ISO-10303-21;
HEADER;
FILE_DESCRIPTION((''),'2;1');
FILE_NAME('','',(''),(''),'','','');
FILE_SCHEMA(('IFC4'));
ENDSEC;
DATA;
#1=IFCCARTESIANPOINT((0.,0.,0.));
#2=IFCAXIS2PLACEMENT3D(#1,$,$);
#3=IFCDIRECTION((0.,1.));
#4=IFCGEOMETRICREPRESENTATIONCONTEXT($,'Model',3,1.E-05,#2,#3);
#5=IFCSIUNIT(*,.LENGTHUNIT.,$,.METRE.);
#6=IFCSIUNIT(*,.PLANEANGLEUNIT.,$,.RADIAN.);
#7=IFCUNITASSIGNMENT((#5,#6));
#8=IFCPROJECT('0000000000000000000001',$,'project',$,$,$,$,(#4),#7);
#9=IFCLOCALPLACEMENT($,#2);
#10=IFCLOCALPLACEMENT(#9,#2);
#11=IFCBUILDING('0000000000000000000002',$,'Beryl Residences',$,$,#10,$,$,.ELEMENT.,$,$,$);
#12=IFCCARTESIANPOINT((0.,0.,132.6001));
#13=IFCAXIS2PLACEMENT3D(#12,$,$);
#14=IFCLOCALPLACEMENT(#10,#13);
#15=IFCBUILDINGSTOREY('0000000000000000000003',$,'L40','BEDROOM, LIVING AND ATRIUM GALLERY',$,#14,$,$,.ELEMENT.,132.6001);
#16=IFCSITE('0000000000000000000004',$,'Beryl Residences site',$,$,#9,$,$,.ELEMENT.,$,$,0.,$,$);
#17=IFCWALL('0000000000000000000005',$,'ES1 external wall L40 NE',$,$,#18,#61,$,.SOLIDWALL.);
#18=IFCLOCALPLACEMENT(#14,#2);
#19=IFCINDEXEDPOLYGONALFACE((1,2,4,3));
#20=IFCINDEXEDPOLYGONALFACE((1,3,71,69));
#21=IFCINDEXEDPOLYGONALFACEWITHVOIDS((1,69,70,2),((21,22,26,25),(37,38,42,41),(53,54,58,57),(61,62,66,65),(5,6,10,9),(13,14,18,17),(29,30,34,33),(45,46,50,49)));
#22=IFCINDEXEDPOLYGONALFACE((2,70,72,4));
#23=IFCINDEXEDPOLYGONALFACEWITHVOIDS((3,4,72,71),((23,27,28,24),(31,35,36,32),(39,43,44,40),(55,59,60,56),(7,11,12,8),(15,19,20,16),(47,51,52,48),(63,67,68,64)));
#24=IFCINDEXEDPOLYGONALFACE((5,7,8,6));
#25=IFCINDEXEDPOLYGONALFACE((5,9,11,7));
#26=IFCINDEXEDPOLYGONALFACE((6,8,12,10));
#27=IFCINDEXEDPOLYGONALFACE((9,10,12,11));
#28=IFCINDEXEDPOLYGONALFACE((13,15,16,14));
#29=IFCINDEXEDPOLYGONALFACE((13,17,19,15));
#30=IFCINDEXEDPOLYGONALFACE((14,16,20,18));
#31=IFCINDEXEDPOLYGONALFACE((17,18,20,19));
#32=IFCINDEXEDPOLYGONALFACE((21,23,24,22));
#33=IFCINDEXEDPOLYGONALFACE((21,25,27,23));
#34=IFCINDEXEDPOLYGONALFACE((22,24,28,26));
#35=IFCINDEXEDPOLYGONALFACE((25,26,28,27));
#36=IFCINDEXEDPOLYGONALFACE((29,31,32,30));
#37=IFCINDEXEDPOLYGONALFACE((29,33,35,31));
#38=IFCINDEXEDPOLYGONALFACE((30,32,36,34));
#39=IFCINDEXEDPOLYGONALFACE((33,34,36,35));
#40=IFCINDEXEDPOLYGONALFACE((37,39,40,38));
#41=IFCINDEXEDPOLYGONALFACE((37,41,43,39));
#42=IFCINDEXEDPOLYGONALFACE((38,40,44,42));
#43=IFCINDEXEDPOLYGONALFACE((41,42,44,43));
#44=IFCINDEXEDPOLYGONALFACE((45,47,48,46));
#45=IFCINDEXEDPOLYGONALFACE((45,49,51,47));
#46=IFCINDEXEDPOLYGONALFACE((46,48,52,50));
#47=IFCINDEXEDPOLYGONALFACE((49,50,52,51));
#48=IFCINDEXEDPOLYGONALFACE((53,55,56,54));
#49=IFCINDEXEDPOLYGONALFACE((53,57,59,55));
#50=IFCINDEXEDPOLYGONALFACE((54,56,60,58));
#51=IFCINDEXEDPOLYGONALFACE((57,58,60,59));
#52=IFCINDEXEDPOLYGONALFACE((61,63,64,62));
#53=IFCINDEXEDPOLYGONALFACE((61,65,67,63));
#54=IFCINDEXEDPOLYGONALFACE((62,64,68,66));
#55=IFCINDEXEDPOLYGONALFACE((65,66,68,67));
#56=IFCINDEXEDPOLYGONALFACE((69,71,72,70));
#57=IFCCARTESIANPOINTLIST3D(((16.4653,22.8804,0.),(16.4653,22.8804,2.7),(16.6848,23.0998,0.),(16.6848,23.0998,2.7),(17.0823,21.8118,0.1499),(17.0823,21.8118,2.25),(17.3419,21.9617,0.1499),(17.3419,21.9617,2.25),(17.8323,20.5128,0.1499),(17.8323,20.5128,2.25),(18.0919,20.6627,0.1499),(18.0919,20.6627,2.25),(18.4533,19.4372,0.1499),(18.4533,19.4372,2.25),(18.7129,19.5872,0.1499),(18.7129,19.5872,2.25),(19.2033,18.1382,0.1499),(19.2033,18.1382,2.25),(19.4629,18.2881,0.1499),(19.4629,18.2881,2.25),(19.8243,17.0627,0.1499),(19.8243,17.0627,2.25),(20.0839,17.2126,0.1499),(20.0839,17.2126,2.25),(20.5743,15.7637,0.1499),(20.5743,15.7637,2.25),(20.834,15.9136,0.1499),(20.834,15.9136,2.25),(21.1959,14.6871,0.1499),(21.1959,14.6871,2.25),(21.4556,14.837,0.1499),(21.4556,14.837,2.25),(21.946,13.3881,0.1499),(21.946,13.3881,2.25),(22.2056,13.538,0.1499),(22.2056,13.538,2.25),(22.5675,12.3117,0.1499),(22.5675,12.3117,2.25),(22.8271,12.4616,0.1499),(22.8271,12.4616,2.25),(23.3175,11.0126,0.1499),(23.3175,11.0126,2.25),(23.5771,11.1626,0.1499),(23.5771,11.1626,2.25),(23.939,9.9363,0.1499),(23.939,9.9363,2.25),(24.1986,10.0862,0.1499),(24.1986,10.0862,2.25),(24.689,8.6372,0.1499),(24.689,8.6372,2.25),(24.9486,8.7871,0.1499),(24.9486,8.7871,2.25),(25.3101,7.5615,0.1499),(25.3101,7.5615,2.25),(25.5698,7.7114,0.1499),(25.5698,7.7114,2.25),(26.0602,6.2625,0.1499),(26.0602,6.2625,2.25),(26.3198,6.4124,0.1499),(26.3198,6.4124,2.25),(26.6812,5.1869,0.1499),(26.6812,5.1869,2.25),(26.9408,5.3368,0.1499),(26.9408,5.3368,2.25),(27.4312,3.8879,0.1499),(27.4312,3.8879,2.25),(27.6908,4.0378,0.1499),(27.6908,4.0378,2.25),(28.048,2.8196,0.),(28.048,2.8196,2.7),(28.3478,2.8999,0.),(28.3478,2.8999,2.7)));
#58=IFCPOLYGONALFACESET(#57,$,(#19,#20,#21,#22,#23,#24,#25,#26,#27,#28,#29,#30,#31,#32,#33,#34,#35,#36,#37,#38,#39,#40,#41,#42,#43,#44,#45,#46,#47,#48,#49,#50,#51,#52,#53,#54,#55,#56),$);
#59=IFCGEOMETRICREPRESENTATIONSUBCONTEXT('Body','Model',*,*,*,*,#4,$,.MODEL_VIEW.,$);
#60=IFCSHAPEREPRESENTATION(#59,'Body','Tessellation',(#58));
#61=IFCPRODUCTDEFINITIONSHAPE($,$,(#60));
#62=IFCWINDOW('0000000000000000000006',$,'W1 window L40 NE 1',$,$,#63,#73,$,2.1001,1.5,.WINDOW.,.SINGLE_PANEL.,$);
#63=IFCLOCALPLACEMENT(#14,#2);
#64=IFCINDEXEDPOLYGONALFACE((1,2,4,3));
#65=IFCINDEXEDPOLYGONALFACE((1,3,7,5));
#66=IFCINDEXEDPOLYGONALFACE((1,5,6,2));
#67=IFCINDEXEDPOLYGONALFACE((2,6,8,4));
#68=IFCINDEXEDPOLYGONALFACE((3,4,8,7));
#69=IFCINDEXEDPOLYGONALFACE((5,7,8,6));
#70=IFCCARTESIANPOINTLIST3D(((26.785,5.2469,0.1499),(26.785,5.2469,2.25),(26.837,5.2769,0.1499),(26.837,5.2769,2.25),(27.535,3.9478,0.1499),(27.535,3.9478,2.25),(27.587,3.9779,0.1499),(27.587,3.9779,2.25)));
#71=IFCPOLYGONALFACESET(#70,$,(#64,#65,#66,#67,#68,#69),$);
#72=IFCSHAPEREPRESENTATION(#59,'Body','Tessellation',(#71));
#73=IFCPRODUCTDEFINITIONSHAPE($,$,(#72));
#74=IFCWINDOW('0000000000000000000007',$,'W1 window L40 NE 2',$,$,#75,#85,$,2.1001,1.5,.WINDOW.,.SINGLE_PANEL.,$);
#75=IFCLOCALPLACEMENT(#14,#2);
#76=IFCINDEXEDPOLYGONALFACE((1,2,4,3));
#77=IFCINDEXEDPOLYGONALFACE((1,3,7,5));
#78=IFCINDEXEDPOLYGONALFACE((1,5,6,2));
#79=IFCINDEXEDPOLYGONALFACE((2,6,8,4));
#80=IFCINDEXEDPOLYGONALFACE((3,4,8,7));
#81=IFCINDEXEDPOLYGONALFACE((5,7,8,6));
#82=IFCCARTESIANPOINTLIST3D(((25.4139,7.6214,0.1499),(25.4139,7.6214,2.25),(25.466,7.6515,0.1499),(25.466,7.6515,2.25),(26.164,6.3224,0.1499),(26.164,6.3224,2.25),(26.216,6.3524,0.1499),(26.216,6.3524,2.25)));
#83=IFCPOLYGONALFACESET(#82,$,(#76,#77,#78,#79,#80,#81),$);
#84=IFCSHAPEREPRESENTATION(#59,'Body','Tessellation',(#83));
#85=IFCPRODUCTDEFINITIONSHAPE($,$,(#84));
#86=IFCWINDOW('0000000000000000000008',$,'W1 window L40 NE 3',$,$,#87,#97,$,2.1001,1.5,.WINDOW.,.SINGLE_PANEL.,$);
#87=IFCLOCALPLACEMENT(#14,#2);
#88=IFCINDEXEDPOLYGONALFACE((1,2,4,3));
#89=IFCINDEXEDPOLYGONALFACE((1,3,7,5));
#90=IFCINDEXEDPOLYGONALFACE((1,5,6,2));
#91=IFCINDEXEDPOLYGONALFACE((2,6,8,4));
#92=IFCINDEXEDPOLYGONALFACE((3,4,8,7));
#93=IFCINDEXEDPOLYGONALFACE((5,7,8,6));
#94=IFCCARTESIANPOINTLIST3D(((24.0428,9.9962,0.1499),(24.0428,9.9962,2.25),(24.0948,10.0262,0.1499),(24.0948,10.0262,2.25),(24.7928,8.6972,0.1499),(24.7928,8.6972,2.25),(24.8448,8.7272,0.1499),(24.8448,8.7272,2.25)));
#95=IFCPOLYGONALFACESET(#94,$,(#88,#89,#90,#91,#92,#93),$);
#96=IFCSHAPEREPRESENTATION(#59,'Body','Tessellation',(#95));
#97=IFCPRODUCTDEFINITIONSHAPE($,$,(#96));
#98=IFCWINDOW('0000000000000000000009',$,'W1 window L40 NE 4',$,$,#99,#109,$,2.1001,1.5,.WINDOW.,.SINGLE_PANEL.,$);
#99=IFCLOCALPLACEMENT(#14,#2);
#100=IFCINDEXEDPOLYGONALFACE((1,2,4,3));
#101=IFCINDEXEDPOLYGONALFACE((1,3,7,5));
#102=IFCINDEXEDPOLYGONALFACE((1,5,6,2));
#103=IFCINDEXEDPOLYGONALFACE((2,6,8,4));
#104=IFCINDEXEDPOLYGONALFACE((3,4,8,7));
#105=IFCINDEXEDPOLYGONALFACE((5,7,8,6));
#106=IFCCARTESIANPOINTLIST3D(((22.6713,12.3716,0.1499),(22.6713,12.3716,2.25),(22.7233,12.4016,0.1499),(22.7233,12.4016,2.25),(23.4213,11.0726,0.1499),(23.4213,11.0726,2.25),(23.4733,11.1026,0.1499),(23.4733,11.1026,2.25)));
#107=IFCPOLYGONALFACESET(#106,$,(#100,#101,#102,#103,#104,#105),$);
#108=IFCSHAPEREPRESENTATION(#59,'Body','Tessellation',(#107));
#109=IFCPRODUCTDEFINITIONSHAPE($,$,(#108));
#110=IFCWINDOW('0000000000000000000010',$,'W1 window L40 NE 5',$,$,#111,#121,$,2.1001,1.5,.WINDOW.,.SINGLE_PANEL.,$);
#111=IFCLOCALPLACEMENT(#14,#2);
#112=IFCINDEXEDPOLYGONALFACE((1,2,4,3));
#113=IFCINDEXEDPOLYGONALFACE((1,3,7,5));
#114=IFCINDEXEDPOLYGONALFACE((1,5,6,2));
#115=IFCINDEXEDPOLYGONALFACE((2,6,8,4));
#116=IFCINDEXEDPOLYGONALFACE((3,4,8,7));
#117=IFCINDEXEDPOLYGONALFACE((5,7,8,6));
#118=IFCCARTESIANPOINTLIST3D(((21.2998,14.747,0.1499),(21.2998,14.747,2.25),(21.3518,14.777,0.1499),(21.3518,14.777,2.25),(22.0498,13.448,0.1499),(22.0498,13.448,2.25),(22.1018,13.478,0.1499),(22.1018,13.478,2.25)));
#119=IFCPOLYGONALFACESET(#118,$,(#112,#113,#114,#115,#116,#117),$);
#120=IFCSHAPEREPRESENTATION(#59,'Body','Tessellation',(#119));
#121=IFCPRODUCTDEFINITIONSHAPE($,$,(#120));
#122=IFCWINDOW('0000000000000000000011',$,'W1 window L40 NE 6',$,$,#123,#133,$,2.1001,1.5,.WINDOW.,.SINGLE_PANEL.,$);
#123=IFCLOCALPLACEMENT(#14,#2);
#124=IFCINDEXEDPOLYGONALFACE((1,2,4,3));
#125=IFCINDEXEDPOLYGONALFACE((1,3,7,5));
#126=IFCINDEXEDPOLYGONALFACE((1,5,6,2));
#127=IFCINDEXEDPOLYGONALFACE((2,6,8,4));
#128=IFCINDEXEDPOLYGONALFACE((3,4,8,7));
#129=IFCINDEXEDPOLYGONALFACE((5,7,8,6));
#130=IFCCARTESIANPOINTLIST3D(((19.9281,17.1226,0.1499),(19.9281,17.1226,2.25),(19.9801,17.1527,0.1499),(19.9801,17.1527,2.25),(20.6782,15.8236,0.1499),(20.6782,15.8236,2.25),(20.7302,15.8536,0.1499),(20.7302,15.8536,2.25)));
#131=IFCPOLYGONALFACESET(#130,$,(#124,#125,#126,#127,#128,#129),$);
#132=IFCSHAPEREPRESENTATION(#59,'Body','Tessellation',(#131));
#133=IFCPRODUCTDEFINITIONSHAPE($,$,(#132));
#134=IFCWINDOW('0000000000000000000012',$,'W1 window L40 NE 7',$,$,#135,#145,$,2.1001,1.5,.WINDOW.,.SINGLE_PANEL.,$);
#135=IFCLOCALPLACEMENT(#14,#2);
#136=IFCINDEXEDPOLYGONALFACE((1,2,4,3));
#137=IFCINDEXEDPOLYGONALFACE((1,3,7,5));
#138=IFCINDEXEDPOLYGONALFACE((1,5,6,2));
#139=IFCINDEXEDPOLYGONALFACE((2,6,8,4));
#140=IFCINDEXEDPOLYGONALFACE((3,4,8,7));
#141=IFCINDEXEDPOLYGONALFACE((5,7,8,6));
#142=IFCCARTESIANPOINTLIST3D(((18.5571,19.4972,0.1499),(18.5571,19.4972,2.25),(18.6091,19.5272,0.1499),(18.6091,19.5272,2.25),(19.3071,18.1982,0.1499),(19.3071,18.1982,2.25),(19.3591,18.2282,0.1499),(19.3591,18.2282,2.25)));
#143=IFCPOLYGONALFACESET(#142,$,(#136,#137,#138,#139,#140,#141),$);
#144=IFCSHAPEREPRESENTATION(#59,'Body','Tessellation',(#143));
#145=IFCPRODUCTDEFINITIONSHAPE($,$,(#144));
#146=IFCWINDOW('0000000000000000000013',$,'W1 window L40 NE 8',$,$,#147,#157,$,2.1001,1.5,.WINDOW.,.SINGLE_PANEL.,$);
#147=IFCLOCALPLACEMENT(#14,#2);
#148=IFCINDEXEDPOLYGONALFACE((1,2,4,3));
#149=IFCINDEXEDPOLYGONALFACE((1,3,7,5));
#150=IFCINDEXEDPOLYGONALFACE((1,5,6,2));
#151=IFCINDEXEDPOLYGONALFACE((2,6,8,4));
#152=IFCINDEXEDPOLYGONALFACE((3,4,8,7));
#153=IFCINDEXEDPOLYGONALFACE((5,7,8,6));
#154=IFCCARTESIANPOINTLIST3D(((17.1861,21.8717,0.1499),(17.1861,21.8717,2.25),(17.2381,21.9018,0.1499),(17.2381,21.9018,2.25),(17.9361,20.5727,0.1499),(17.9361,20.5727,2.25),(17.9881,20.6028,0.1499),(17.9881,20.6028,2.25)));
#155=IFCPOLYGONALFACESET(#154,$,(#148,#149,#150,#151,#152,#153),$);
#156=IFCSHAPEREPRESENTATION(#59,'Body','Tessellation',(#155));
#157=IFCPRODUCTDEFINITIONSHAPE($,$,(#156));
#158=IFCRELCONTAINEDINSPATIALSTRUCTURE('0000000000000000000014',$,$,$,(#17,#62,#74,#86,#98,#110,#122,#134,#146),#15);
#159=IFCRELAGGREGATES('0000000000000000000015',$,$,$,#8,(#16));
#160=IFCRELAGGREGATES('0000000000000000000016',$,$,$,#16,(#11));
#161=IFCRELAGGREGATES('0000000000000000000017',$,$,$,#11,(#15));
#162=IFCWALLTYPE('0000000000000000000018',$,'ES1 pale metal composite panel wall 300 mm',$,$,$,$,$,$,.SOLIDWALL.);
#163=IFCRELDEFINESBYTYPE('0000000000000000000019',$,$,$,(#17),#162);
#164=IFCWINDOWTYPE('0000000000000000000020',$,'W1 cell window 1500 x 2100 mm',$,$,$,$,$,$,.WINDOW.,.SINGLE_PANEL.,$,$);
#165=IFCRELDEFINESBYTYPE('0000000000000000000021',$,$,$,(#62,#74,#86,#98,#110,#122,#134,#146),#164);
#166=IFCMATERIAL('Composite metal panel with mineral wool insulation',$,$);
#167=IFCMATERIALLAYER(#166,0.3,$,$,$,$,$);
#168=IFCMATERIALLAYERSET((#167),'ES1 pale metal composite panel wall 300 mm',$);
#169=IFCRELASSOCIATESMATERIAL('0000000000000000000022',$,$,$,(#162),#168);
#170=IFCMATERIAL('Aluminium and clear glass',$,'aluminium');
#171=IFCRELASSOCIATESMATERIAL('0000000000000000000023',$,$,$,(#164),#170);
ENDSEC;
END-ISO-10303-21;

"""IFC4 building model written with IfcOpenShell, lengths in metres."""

from ifc_helpers import new_model, si_unit, direction, frame, frame_2d, origin, place, context, subcontext, project, spatial, polyline, rectangle, outline, extrude, material, layer, layer_set, type_object, element, fill, save


model = new_model("IFC4")

# Units and contexts
model_context = context("Model", 3, precision=1e-05, world=origin(), true_north=direction((0.0, 1.0)))
body_context = subcontext(model_context, "Body", "Model", "MODEL_VIEW")
ifc_project = project(units=[si_unit("LENGTHUNIT", "METRE"), si_unit("PLANEANGLEUNIT", "RADIAN")], contexts=[model_context])

# Site, building, storey
site_placement = place(None, origin())
site = spatial("IfcSite", under=ifc_project, at=site_placement, Name="Beryl Residences site", CompositionType="ELEMENT", RefElevation=0.0)
building_placement = place(site_placement, origin())
building = spatial("IfcBuilding", under=site, at=building_placement, Name="Beryl Residences", CompositionType="ELEMENT")
storey_placement = place(building_placement, frame((0.0, 0.0, 132.6001)))
storey = spatial("IfcBuildingStorey", under=building, at=storey_placement, Name="L40", Description="BEDROOM, LIVING AND ATRIUM GALLERY", CompositionType="ELEMENT", Elevation=132.6001)

# Wall, openings, windows
ifc_material_1 = material(Name="Composite metal panel with mineral wool insulation")
ifc_layer = layer(ifc_material_1, 0.3)
ifc_layer_set = layer_set([ifc_layer], Name="ES1 pale metal composite panel wall 300 mm")
wall_type = type_object("IfcWallType", Name="ES1 pale metal composite panel wall 300 mm", PredefinedType="SOLIDWALL", material=ifc_layer_set)
wall_placement = place(storey_placement, frame((28.218, 2.825, 0.0), z_axis=(0.0, 0.0, 1.0), x_axis=(-0.500021, 0.866014, 0.0)))
wall = element("IfcWall", 1, at=wall_placement, inside=storey, type_object=wall_type, Name="ES1 external wall L40 NE", PredefinedType="SOLIDWALL", context=body_context, shape_type="SweptSolid", body=[
    extrude(outline(polyline([(0.0, -0.1499), (23.3252, -0.1499), (23.2449, 0.1499), (0.0803, 0.1499), (0.0, -0.1499)])), origin(), (0.0, 0.0, 1.0), 2.7),
])
opening_1_placement = place(wall_placement, frame((1.314, 0.0, 0.1499)))
opening_1 = element("IfcOpeningElement", 2, at=opening_1_placement, cuts=wall, PredefinedType="OPENING", context=body_context, shape_type="SweptSolid", body=[
    extrude(rectangle(XDim=1.5, YDim=2.1001, at=frame_2d((0.75, 1.05))), frame((0.0, 0.1599, 0.0), z_axis=(0.0, -1.0, 0.0), x_axis=(1.0, 0.0, 0.0)), (0.0, 0.0, 1.0), 0.3201),
])
opening_2_placement = place(wall_placement, frame((4.0559, 0.0, 0.1499)))
opening_2 = element("IfcOpeningElement", 3, at=opening_2_placement, cuts=wall, PredefinedType="OPENING", context=body_context, shape_type="SweptSolid", body=[
    extrude(rectangle(XDim=1.5, YDim=2.1001, at=frame_2d((0.75, 1.05))), frame((0.0, 0.1599, 0.0), z_axis=(0.0, -1.0, 0.0), x_axis=(1.0, 0.0, 0.0)), (0.0, 0.0, 1.0), 0.3201),
])
opening_3_placement = place(wall_placement, frame((6.7981, 0.0, 0.1499)))
opening_3 = element("IfcOpeningElement", 4, at=opening_3_placement, cuts=wall, PredefinedType="OPENING", context=body_context, shape_type="SweptSolid", body=[
    extrude(rectangle(XDim=1.5, YDim=2.1001, at=frame_2d((0.75, 1.05))), frame((0.0, 0.1599, 0.0), z_axis=(0.0, -1.0, 0.0), x_axis=(1.0, 0.0, 0.0)), (0.0, 0.0, 1.0), 0.3201),
])
opening_4_placement = place(wall_placement, frame((9.541, 0.0, 0.1499)))
opening_4 = element("IfcOpeningElement", 5, at=opening_4_placement, cuts=wall, PredefinedType="OPENING", context=body_context, shape_type="SweptSolid", body=[
    extrude(rectangle(XDim=1.5, YDim=2.1001, at=frame_2d((0.75, 1.05))), frame((0.0, 0.1599, 0.0), z_axis=(0.0, -1.0, 0.0), x_axis=(1.0, 0.0, 0.0)), (0.0, 0.0, 1.0), 0.3201),
])
opening_5_placement = place(wall_placement, frame((12.2839, 0.0, 0.1499)))
opening_5 = element("IfcOpeningElement", 6, at=opening_5_placement, cuts=wall, PredefinedType="OPENING", context=body_context, shape_type="SweptSolid", body=[
    extrude(rectangle(XDim=1.5, YDim=2.1001, at=frame_2d((0.75, 1.05))), frame((0.0, 0.1599, 0.0), z_axis=(0.0, -1.0, 0.0), x_axis=(1.0, 0.0, 0.0)), (0.0, 0.0, 1.0), 0.3201),
])
opening_6_placement = place(wall_placement, frame((15.0271, 0.0, 0.1499)))
opening_6 = element("IfcOpeningElement", 7, at=opening_6_placement, cuts=wall, PredefinedType="OPENING", context=body_context, shape_type="SweptSolid", body=[
    extrude(rectangle(XDim=1.5, YDim=2.1001, at=frame_2d((0.75, 1.05))), frame((0.0, 0.1599, 0.0), z_axis=(0.0, -1.0, 0.0), x_axis=(1.0, 0.0, 0.0)), (0.0, 0.0, 1.0), 0.3201),
])
opening_7_placement = place(wall_placement, frame((17.769, 0.0, 0.1499)))
opening_7 = element("IfcOpeningElement", 8, at=opening_7_placement, cuts=wall, PredefinedType="OPENING", context=body_context, shape_type="SweptSolid", body=[
    extrude(rectangle(XDim=1.5, YDim=2.1001, at=frame_2d((0.75, 1.05))), frame((0.0, 0.1599, 0.0), z_axis=(0.0, -1.0, 0.0), x_axis=(1.0, 0.0, 0.0)), (0.0, 0.0, 1.0), 0.3201),
])
opening_8_placement = place(wall_placement, frame((20.511, 0.0, 0.1499)))
opening_8 = element("IfcOpeningElement", 9, at=opening_8_placement, cuts=wall, PredefinedType="OPENING", context=body_context, shape_type="SweptSolid", body=[
    extrude(rectangle(XDim=1.5, YDim=2.1001, at=frame_2d((0.75, 1.05))), frame((0.0, 0.1599, 0.0), z_axis=(0.0, -1.0, 0.0), x_axis=(1.0, 0.0, 0.0)), (0.0, 0.0, 1.0), 0.3201),
])
ifc_material_2 = material(Name="Aluminium and clear glass", Category="aluminium")
window_type = type_object("IfcWindowType", Name="W1 cell window 1500 x 2100 mm", PartitioningType="SINGLE_PANEL", PredefinedType="WINDOW", material=ifc_material_2)
window_1_placement = place(opening_1_placement, origin())
window_1 = element("IfcWindow", 10, at=window_1_placement, inside=storey, type_object=window_type, Name="W1 window L40 NE 1", OverallHeight=2.1001, OverallWidth=1.5, PartitioningType="SINGLE_PANEL", PredefinedType="WINDOW", context=body_context, shape_type="SweptSolid", body=[
    extrude(rectangle(XDim=1.5, YDim=2.1001, at=frame_2d((0.75, 1.05))), frame((0.0, 0.03, 0.0), z_axis=(0.0, -1.0, 0.0), x_axis=(1.0, 0.0, 0.0)), (0.0, 0.0, 1.0), 0.0601),
])
fill(opening_1, window_1)
window_2_placement = place(opening_2_placement, origin())
window_2 = element("IfcWindow", 11, at=window_2_placement, inside=storey, type_object=window_type, Name="W1 window L40 NE 2", OverallHeight=2.1001, OverallWidth=1.5, PartitioningType="SINGLE_PANEL", PredefinedType="WINDOW", context=body_context, shape_type="SweptSolid", body=[
    extrude(rectangle(XDim=1.5, YDim=2.1001, at=frame_2d((0.75, 1.05))), frame((0.0, 0.03, 0.0), z_axis=(0.0, -1.0, 0.0), x_axis=(1.0, 0.0, 0.0)), (0.0, 0.0, 1.0), 0.0601),
])
fill(opening_2, window_2)
window_3_placement = place(opening_3_placement, origin())
window_3 = element("IfcWindow", 12, at=window_3_placement, inside=storey, type_object=window_type, Name="W1 window L40 NE 3", OverallHeight=2.1001, OverallWidth=1.5, PartitioningType="SINGLE_PANEL", PredefinedType="WINDOW", context=body_context, shape_type="SweptSolid", body=[
    extrude(rectangle(XDim=1.5, YDim=2.1001, at=frame_2d((0.75, 1.05))), frame((0.0, 0.03, 0.0), z_axis=(0.0, -1.0, 0.0), x_axis=(1.0, 0.0, 0.0)), (0.0, 0.0, 1.0), 0.0601),
])
fill(opening_3, window_3)
window_4_placement = place(opening_4_placement, origin())
window_4 = element("IfcWindow", 13, at=window_4_placement, inside=storey, type_object=window_type, Name="W1 window L40 NE 4", OverallHeight=2.1001, OverallWidth=1.5, PartitioningType="SINGLE_PANEL", PredefinedType="WINDOW", context=body_context, shape_type="SweptSolid", body=[
    extrude(rectangle(XDim=1.5, YDim=2.1001, at=frame_2d((0.75, 1.05))), frame((0.0, 0.03, 0.0), z_axis=(0.0, -1.0, 0.0), x_axis=(1.0, 0.0, 0.0)), (0.0, 0.0, 1.0), 0.0601),
])
fill(opening_4, window_4)
window_5_placement = place(opening_5_placement, origin())
window_5 = element("IfcWindow", 14, at=window_5_placement, inside=storey, type_object=window_type, Name="W1 window L40 NE 5", OverallHeight=2.1001, OverallWidth=1.5, PartitioningType="SINGLE_PANEL", PredefinedType="WINDOW", context=body_context, shape_type="SweptSolid", body=[
    extrude(rectangle(XDim=1.5, YDim=2.1001, at=frame_2d((0.75, 1.05))), frame((0.0, 0.03, 0.0), z_axis=(0.0, -1.0, 0.0), x_axis=(1.0, 0.0, 0.0)), (0.0, 0.0, 1.0), 0.0601),
])
fill(opening_5, window_5)
window_6_placement = place(opening_6_placement, origin())
window_6 = element("IfcWindow", 15, at=window_6_placement, inside=storey, type_object=window_type, Name="W1 window L40 NE 6", OverallHeight=2.1001, OverallWidth=1.5, PartitioningType="SINGLE_PANEL", PredefinedType="WINDOW", context=body_context, shape_type="SweptSolid", body=[
    extrude(rectangle(XDim=1.5, YDim=2.1001, at=frame_2d((0.75, 1.05))), frame((0.0, 0.03, 0.0), z_axis=(0.0, -1.0, 0.0), x_axis=(1.0, 0.0, 0.0)), (0.0, 0.0, 1.0), 0.0601),
])
fill(opening_6, window_6)
window_7_placement = place(opening_7_placement, origin())
window_7 = element("IfcWindow", 16, at=window_7_placement, inside=storey, type_object=window_type, Name="W1 window L40 NE 7", OverallHeight=2.1001, OverallWidth=1.5, PartitioningType="SINGLE_PANEL", PredefinedType="WINDOW", context=body_context, shape_type="SweptSolid", body=[
    extrude(rectangle(XDim=1.5, YDim=2.1001, at=frame_2d((0.75, 1.05))), frame((0.0, 0.03, 0.0), z_axis=(0.0, -1.0, 0.0), x_axis=(1.0, 0.0, 0.0)), (0.0, 0.0, 1.0), 0.0601),
])
fill(opening_7, window_7)
window_8_placement = place(opening_8_placement, origin())
window_8 = element("IfcWindow", 17, at=window_8_placement, inside=storey, type_object=window_type, Name="W1 window L40 NE 8", OverallHeight=2.1001, OverallWidth=1.5, PartitioningType="SINGLE_PANEL", PredefinedType="WINDOW", context=body_context, shape_type="SweptSolid", body=[
    extrude(rectangle(XDim=1.5, YDim=2.1001, at=frame_2d((0.75, 1.05))), frame((0.0, 0.03, 0.0), z_axis=(0.0, -1.0, 0.0), x_axis=(1.0, 0.0, 0.0)), (0.0, 0.0, 1.0), 0.0601),
])
fill(opening_8, window_8)

save(model, "model.ifc")
